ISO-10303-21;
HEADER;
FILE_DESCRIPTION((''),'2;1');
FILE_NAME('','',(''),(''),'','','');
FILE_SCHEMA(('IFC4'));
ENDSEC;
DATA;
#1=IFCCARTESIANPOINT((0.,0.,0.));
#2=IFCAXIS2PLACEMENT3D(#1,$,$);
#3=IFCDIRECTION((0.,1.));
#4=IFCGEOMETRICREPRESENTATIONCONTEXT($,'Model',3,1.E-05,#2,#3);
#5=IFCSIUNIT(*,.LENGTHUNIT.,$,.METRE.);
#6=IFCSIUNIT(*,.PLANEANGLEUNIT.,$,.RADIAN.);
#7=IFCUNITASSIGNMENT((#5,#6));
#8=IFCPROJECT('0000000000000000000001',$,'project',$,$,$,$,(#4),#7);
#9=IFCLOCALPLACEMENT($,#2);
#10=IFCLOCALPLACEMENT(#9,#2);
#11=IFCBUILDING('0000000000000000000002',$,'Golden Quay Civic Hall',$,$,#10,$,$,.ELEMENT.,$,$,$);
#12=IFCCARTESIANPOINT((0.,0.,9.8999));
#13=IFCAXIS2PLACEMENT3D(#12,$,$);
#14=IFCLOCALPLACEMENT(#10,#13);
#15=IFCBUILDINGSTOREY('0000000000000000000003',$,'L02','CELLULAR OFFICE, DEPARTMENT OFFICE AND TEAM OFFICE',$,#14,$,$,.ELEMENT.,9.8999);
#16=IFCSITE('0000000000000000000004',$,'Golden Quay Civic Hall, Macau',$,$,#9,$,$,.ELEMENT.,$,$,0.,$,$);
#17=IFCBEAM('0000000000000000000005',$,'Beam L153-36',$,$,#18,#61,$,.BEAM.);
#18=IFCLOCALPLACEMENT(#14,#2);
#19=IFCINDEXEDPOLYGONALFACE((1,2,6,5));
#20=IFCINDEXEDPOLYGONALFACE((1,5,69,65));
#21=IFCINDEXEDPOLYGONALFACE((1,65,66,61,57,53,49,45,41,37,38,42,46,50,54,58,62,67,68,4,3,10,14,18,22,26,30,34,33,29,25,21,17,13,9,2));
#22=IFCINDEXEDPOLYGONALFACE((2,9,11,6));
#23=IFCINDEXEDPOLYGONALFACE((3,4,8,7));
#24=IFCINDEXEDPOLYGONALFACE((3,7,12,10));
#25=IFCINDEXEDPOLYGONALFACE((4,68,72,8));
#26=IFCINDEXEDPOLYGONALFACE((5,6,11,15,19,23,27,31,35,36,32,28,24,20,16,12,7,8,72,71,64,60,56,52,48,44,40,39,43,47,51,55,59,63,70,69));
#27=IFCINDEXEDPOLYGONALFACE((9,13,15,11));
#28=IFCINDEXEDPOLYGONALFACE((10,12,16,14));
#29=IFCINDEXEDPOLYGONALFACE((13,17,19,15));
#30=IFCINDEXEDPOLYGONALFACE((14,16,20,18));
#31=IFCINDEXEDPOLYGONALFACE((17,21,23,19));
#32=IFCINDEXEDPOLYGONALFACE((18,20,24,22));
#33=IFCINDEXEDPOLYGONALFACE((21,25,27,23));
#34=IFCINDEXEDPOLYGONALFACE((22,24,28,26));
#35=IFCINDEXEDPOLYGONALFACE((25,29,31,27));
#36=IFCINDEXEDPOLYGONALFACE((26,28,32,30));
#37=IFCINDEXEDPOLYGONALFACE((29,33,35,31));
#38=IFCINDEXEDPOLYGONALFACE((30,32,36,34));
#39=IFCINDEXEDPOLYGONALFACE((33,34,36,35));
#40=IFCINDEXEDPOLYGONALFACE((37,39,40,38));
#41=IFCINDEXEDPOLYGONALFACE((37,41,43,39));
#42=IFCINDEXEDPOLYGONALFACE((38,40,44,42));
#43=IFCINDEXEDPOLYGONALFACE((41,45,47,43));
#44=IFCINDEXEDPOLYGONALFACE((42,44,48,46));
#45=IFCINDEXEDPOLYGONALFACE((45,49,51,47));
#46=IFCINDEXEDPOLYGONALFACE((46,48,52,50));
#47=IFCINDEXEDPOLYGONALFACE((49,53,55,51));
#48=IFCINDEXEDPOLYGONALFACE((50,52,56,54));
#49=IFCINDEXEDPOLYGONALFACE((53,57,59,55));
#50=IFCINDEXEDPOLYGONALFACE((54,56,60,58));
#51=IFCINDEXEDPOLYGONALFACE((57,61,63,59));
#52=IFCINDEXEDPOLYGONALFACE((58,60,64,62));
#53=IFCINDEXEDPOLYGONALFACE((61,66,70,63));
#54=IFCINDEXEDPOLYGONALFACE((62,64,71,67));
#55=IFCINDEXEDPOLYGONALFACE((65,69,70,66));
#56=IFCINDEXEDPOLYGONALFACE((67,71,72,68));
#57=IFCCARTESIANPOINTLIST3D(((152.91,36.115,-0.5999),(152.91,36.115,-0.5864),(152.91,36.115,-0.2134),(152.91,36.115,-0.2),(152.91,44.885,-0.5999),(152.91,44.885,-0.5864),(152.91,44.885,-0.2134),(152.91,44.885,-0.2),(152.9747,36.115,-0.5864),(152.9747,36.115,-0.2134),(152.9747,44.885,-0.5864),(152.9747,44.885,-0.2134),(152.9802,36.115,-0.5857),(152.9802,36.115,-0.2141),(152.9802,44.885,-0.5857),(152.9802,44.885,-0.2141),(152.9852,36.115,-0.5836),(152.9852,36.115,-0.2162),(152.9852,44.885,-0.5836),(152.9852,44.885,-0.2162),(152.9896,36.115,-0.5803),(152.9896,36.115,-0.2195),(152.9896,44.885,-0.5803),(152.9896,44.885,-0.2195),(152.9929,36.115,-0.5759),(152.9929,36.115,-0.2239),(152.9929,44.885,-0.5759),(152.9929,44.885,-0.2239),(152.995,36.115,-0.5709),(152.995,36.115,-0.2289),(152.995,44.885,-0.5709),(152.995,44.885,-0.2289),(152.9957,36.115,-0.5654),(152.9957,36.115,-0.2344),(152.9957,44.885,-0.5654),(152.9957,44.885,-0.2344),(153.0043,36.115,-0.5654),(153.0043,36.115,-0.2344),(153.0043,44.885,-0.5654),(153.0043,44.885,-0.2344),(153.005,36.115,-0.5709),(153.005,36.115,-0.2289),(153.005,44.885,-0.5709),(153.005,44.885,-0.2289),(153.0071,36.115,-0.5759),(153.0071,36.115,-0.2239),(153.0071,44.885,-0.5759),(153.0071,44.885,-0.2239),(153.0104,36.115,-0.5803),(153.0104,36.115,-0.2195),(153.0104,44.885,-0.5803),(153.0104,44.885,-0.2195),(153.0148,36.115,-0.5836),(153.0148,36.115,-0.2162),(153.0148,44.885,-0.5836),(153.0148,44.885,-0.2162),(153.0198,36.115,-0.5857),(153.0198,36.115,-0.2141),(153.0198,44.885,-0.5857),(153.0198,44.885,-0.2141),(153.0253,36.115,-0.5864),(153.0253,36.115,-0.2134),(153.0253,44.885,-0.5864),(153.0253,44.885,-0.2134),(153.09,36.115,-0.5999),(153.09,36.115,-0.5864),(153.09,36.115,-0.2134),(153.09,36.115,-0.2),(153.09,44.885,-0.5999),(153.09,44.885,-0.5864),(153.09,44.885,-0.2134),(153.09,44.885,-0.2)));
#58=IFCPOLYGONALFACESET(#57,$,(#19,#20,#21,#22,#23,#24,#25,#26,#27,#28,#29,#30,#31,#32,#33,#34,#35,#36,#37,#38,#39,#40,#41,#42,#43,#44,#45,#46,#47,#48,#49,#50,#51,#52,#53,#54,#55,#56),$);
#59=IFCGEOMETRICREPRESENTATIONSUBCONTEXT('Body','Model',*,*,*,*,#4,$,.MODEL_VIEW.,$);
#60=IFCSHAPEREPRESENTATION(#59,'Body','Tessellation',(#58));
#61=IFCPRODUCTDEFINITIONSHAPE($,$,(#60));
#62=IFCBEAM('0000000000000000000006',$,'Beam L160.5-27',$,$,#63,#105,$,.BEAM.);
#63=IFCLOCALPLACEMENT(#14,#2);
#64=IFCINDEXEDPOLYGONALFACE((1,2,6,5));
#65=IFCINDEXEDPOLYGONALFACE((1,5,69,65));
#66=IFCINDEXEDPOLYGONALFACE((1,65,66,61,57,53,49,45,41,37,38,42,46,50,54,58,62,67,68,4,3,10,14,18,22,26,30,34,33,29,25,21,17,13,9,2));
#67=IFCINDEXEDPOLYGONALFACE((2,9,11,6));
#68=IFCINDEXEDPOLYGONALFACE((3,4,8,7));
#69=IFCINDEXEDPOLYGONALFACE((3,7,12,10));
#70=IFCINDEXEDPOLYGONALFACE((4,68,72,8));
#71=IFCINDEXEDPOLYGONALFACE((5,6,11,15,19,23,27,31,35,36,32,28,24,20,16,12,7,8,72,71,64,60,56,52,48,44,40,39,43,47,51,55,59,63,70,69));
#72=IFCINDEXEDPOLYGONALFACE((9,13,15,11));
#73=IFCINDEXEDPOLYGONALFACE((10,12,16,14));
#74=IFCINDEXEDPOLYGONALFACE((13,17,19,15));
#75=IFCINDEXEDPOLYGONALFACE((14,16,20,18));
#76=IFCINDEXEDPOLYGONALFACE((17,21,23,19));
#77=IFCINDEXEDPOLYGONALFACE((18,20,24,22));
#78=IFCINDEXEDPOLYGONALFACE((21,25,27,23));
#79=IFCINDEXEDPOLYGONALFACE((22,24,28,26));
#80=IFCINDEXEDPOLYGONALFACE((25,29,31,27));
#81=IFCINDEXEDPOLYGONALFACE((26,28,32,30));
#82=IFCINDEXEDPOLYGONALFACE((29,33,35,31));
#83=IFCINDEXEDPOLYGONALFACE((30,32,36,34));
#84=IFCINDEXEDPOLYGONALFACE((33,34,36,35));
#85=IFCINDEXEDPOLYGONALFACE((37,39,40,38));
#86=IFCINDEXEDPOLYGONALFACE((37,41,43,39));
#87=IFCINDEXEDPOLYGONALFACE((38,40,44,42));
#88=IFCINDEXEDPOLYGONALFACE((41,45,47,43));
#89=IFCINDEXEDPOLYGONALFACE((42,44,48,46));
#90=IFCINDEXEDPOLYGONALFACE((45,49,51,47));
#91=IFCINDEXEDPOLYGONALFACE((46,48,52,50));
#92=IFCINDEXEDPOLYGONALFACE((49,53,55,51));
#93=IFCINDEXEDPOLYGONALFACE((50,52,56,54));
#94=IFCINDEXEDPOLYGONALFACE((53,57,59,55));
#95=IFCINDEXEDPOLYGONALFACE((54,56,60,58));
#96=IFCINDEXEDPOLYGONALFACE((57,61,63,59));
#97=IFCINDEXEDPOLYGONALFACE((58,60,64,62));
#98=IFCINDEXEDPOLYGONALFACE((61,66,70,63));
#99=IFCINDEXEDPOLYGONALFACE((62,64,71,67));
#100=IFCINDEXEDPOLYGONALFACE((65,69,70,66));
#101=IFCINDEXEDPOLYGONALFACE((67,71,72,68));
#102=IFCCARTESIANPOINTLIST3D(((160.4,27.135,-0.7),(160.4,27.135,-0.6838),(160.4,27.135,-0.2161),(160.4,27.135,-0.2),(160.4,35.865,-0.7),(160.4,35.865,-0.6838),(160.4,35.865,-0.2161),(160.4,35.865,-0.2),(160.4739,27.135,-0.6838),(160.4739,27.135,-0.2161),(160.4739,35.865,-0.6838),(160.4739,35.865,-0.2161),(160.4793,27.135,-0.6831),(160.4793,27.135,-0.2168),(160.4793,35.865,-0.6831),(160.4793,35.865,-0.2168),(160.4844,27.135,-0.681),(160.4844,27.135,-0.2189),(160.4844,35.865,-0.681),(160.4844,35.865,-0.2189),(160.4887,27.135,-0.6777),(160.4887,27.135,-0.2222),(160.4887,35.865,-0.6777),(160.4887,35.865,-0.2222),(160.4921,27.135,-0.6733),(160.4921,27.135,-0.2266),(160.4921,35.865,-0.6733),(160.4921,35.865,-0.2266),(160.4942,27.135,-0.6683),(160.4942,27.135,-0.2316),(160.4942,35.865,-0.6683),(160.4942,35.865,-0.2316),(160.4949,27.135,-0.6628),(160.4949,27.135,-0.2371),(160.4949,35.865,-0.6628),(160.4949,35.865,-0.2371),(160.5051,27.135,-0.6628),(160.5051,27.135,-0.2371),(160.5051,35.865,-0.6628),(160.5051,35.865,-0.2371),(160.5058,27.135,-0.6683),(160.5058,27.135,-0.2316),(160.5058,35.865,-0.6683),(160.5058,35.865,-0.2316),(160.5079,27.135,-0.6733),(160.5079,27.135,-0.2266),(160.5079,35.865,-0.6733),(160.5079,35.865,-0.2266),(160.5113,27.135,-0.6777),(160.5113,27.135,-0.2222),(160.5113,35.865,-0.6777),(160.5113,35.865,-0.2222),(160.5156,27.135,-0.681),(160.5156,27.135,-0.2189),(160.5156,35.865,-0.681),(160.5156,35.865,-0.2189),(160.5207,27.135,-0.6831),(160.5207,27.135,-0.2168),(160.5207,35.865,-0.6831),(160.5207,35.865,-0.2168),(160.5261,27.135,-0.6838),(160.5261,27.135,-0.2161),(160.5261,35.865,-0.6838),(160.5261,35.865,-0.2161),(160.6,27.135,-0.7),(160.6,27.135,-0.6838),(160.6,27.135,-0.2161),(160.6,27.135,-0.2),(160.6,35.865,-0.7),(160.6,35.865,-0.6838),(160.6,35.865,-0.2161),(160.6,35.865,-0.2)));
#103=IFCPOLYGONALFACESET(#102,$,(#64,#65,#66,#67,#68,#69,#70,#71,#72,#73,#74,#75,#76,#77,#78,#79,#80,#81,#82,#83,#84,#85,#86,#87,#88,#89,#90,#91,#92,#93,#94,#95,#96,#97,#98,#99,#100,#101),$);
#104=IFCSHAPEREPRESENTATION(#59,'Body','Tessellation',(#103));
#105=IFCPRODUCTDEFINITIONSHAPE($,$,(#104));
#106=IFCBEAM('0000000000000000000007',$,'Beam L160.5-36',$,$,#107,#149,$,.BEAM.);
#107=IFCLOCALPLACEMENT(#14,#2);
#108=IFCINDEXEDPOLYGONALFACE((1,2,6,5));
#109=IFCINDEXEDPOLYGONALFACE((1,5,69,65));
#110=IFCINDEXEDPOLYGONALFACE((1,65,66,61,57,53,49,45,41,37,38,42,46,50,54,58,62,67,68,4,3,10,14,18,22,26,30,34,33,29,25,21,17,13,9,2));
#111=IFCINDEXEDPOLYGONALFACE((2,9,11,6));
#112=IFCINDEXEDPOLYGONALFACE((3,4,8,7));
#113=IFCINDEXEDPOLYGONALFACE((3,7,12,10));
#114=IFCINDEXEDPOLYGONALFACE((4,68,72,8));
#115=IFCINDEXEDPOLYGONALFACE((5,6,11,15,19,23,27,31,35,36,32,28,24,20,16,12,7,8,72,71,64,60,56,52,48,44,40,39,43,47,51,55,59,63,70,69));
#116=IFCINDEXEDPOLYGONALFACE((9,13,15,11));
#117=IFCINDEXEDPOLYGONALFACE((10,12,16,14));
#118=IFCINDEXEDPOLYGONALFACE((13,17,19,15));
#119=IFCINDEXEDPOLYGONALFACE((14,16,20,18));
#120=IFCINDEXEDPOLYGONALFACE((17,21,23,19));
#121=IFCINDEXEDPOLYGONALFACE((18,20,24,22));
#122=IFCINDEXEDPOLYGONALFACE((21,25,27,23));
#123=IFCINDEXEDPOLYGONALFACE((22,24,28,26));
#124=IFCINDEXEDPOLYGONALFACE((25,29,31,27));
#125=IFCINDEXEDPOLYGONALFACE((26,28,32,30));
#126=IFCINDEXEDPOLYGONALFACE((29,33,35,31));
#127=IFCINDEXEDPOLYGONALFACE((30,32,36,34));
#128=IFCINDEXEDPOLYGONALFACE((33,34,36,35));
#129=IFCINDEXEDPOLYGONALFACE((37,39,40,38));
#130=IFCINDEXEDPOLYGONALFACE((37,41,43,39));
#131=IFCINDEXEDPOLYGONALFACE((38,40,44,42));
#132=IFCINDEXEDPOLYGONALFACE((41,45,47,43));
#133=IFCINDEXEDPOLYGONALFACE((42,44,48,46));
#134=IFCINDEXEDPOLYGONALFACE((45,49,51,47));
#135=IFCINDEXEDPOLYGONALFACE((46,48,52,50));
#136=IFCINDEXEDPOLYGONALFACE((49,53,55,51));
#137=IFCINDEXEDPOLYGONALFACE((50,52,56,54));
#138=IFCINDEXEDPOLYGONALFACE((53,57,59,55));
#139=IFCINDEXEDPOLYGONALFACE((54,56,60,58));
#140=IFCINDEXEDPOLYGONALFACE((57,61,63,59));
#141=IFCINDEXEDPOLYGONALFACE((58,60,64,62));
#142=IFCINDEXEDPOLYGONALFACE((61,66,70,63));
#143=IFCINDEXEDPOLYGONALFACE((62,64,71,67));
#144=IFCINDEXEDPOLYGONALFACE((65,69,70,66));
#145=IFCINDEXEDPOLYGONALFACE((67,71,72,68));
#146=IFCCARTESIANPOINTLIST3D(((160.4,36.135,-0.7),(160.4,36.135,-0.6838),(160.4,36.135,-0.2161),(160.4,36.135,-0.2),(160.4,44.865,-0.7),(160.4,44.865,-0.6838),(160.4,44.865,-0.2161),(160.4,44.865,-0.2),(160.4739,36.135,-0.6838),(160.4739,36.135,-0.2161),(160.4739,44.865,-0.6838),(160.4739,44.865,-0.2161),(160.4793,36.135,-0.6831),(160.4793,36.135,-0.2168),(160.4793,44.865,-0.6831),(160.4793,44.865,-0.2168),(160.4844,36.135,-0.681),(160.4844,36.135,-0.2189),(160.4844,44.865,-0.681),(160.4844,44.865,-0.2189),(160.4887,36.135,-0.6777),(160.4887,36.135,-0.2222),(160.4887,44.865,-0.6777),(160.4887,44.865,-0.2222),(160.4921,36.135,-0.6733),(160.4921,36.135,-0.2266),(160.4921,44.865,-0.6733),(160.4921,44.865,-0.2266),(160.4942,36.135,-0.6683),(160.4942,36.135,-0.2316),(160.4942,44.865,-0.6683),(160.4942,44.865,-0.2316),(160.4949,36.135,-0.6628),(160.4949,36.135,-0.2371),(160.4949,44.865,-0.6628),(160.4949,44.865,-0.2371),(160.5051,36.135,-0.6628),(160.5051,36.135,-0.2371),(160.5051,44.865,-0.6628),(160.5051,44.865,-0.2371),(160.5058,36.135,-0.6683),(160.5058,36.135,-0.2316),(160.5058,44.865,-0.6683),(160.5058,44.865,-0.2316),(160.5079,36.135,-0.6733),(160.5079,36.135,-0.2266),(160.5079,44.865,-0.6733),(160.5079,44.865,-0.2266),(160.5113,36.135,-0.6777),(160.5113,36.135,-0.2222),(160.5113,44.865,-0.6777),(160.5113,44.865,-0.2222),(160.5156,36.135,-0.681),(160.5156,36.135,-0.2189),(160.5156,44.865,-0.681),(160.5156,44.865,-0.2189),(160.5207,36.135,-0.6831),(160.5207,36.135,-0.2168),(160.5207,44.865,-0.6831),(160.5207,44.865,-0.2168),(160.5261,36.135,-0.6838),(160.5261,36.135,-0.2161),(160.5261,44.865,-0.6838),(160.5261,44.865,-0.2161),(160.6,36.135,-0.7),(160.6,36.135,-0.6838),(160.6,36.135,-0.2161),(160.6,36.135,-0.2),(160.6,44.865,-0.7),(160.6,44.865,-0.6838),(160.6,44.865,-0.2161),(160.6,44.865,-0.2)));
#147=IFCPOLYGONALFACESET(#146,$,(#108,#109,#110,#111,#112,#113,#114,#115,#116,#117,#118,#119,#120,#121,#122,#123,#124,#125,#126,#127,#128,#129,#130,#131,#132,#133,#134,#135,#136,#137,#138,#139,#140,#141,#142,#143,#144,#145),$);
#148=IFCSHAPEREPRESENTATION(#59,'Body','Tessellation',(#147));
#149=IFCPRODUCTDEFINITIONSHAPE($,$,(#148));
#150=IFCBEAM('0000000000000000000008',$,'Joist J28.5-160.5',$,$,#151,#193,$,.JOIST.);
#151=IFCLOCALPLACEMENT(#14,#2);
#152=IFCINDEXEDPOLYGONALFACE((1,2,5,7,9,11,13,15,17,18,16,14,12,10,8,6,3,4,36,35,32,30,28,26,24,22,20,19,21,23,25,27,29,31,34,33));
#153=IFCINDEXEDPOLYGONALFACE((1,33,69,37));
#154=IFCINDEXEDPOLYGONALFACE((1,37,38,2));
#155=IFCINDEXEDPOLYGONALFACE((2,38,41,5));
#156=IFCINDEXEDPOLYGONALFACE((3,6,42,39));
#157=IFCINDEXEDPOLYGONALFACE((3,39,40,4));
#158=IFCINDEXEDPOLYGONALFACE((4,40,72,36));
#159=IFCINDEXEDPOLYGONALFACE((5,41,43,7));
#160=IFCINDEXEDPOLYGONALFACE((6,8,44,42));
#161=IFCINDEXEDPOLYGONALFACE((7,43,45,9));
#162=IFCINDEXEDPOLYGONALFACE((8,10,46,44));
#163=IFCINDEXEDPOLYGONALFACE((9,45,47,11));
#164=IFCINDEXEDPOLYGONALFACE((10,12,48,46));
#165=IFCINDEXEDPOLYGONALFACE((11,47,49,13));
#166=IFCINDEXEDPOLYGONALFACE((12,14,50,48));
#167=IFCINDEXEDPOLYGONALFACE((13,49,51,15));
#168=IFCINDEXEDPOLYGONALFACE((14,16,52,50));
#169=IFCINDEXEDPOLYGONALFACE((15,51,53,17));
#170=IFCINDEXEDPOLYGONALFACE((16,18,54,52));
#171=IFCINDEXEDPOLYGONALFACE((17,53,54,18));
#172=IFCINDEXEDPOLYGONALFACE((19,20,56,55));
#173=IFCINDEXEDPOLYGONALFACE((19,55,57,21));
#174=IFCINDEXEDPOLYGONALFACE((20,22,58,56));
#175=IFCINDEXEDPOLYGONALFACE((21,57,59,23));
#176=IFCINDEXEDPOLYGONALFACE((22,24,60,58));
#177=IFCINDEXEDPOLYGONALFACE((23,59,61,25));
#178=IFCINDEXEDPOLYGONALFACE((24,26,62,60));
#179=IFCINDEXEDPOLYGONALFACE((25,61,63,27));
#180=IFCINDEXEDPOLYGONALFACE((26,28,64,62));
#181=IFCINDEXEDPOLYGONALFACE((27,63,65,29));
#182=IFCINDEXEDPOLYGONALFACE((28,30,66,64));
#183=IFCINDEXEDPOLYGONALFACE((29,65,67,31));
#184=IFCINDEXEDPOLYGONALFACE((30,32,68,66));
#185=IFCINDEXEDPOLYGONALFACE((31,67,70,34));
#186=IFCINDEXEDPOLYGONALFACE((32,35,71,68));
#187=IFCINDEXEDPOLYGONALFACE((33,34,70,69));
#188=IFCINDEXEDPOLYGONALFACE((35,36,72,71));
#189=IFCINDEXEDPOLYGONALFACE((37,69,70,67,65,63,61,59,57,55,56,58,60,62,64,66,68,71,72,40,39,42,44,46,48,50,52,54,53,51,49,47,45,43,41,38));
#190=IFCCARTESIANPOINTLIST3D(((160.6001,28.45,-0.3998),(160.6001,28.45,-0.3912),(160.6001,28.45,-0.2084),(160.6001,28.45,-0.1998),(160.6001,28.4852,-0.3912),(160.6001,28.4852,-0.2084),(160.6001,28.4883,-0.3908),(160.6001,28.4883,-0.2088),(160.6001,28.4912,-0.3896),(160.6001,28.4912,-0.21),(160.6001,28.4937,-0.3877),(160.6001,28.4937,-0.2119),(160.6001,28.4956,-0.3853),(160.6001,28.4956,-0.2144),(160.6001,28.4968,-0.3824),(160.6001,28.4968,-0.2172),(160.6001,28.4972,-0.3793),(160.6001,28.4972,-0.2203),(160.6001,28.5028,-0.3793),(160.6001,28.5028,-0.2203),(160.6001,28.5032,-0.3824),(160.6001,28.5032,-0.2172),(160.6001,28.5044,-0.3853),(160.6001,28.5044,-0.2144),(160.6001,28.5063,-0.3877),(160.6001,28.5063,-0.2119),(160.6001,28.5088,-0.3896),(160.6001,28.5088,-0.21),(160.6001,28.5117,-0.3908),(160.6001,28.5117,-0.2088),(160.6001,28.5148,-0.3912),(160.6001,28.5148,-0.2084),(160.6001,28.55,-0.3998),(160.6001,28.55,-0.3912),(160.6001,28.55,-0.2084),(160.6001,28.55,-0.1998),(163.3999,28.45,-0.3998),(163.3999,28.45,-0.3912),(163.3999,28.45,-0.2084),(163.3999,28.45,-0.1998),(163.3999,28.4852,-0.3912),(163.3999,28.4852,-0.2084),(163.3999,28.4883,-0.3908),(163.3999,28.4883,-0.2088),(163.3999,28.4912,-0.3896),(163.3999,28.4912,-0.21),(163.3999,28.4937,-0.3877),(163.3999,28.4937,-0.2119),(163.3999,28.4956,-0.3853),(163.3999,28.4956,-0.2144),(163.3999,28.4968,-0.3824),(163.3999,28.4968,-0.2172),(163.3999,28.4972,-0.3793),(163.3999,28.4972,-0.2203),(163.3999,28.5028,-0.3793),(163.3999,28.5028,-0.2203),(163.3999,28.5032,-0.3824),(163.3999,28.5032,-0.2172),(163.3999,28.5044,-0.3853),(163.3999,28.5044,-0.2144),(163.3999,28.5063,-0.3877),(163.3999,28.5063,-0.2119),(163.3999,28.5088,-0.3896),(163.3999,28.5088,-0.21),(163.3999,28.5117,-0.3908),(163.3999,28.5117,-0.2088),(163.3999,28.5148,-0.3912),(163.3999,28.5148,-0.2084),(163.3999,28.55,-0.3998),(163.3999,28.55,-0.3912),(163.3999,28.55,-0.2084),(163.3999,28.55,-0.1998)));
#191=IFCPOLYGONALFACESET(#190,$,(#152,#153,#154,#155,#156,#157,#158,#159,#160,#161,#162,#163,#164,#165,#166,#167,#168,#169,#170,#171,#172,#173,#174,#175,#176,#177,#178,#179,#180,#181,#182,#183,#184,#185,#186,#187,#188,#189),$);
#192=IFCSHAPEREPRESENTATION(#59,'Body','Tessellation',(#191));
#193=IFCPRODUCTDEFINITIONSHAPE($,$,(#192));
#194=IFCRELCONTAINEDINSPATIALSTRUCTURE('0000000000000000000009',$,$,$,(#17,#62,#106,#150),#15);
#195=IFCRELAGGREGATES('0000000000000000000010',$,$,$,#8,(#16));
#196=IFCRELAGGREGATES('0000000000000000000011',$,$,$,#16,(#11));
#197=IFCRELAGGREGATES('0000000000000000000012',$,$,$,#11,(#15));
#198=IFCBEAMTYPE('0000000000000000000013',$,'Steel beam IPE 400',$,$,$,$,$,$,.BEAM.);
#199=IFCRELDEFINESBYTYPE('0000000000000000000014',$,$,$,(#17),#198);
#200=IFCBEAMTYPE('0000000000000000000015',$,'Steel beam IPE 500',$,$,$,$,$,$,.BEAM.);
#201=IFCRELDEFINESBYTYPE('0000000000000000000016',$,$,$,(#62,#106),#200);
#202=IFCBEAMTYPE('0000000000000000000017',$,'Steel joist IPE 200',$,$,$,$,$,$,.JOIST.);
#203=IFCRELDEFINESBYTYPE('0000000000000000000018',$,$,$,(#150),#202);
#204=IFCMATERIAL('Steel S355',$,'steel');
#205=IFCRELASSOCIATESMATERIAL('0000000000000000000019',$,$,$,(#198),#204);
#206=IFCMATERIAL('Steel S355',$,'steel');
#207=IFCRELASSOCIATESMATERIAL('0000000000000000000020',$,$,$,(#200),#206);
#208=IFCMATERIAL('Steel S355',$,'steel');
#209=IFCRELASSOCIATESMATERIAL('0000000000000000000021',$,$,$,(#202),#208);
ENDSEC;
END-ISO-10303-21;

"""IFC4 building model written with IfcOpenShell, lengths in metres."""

from ifc_helpers import new_model, si_unit, direction, frame, origin, origin_2d, place, context, subcontext, project, spatial, i_section, extrude, material, material_profile, profile_set, type_object, element, save


model = new_model("IFC4")

# Units and contexts
model_context = context("Model", 3, precision=1e-05, world=origin(), true_north=direction((0.0, 1.0)))
body_context = subcontext(model_context, "Body", "Model", "MODEL_VIEW")
ifc_project = project(units=[si_unit("LENGTHUNIT", "METRE"), si_unit("PLANEANGLEUNIT", "RADIAN")], contexts=[model_context])

# Site, building, storey
site_placement = place(None, origin())
site = spatial("IfcSite", under=ifc_project, at=site_placement, Name="Golden Quay Civic Hall, Macau", CompositionType="ELEMENT", RefElevation=0.0)
building_placement = place(site_placement, origin())
building = spatial("IfcBuilding", under=site, at=building_placement, Name="Golden Quay Civic Hall", CompositionType="ELEMENT")
storey_placement = place(building_placement, frame((0.0, 0.0, 9.8999)))
storey = spatial("IfcBuildingStorey", under=building, at=storey_placement, Name="L02", Description="CELLULAR OFFICE, DEPARTMENT OFFICE AND TEAM OFFICE", CompositionType="ELEMENT", Elevation=9.8999)

# Beams
ifc_material_1 = material(Name="Steel S355", Category="steel")
ifc_material_profile_1 = material_profile(ifc_material_1, i_section(OverallWidth=0.1799, OverallDepth=0.3999, WebThickness=0.0085, FlangeThickness=0.0134, FilletRadius=0.021, at=origin_2d()), Name="IPE 400")
ifc_profile_set_1 = profile_set([ifc_material_profile_1], Name="Steel S355")
beam_type_1 = type_object("IfcBeamType", Name="Steel beam IPE 400", PredefinedType="BEAM", material=ifc_profile_set_1)
for number, where, z_axis, x_axis, name in (
    (1, (153.0, 36.115, -0.3999), (0.0, 1.0, 0.0), (-1.0, 0.0, 0.0), "Beam L153-36"),
):
    element("IfcBeam", number, at=place(storey_placement, frame(where, z_axis=z_axis, x_axis=x_axis)), inside=storey, type_object=beam_type_1, Name=name, PredefinedType="BEAM", context=body_context, shape_type="SweptSolid", body=[
        extrude(i_section(OverallWidth=0.1799, OverallDepth=0.3999, WebThickness=0.0085, FlangeThickness=0.0134, FilletRadius=0.021, at=origin_2d()), origin(), (0.0, 0.0, 1.0), 8.77),
    ])
ifc_material_2 = material(Name="Steel S355", Category="steel")
ifc_material_profile_2 = material_profile(ifc_material_2, i_section(OverallWidth=0.2, OverallDepth=0.5, WebThickness=0.0103, FlangeThickness=0.0161, FilletRadius=0.021, at=origin_2d()), Name="IPE 500")
ifc_profile_set_2 = profile_set([ifc_material_profile_2], Name="Steel S355")
beam_type_2 = type_object("IfcBeamType", Name="Steel beam IPE 500", PredefinedType="BEAM", material=ifc_profile_set_2)
for number, where, z_axis, x_axis, name in (
    (2, (160.5, 27.135, -0.45), (0.0, 1.0, 0.0), (-1.0, 0.0, 0.0), "Beam L160.5-27"),
    (3, (160.5, 36.135, -0.45), (0.0, 1.0, 0.0), (-1.0, 0.0, 0.0), "Beam L160.5-36"),
):
    element("IfcBeam", number, at=place(storey_placement, frame(where, z_axis=z_axis, x_axis=x_axis)), inside=storey, type_object=beam_type_2, Name=name, PredefinedType="BEAM", context=body_context, shape_type="SweptSolid", body=[
        extrude(i_section(OverallWidth=0.2, OverallDepth=0.5, WebThickness=0.0103, FlangeThickness=0.0161, FilletRadius=0.021, at=origin_2d()), origin(), (0.0, 0.0, 1.0), 8.73),
    ])
ifc_material_3 = material(Name="Steel S355", Category="steel")
ifc_material_profile_3 = material_profile(ifc_material_3, i_section(OverallWidth=0.1001, OverallDepth=0.2, WebThickness=0.0056, FlangeThickness=0.0085, FilletRadius=0.012, at=origin_2d()), Name="IPE 200")
ifc_profile_set_3 = profile_set([ifc_material_profile_3], Name="Steel S355")
beam_type_3 = type_object("IfcBeamType", Name="Steel joist IPE 200", PredefinedType="JOIST", material=ifc_profile_set_3)
for number, where, z_axis, x_axis, name in (
    (4, (160.6001, 28.5, -0.2998), (1.0, 0.0, 0.0), (0.0, 1.0, 0.0), "Joist J28.5-160.5"),
):
    element("IfcBeam", number, at=place(storey_placement, frame(where, z_axis=z_axis, x_axis=x_axis)), inside=storey, type_object=beam_type_3, Name=name, PredefinedType="JOIST", context=body_context, shape_type="SweptSolid", body=[
        extrude(i_section(OverallWidth=0.1001, OverallDepth=0.2, WebThickness=0.0056, FlangeThickness=0.0085, FilletRadius=0.012, at=origin_2d()), origin(), (0.0, 0.0, 1.0), 2.7998),
    ])

save(model, "model.ifc")
